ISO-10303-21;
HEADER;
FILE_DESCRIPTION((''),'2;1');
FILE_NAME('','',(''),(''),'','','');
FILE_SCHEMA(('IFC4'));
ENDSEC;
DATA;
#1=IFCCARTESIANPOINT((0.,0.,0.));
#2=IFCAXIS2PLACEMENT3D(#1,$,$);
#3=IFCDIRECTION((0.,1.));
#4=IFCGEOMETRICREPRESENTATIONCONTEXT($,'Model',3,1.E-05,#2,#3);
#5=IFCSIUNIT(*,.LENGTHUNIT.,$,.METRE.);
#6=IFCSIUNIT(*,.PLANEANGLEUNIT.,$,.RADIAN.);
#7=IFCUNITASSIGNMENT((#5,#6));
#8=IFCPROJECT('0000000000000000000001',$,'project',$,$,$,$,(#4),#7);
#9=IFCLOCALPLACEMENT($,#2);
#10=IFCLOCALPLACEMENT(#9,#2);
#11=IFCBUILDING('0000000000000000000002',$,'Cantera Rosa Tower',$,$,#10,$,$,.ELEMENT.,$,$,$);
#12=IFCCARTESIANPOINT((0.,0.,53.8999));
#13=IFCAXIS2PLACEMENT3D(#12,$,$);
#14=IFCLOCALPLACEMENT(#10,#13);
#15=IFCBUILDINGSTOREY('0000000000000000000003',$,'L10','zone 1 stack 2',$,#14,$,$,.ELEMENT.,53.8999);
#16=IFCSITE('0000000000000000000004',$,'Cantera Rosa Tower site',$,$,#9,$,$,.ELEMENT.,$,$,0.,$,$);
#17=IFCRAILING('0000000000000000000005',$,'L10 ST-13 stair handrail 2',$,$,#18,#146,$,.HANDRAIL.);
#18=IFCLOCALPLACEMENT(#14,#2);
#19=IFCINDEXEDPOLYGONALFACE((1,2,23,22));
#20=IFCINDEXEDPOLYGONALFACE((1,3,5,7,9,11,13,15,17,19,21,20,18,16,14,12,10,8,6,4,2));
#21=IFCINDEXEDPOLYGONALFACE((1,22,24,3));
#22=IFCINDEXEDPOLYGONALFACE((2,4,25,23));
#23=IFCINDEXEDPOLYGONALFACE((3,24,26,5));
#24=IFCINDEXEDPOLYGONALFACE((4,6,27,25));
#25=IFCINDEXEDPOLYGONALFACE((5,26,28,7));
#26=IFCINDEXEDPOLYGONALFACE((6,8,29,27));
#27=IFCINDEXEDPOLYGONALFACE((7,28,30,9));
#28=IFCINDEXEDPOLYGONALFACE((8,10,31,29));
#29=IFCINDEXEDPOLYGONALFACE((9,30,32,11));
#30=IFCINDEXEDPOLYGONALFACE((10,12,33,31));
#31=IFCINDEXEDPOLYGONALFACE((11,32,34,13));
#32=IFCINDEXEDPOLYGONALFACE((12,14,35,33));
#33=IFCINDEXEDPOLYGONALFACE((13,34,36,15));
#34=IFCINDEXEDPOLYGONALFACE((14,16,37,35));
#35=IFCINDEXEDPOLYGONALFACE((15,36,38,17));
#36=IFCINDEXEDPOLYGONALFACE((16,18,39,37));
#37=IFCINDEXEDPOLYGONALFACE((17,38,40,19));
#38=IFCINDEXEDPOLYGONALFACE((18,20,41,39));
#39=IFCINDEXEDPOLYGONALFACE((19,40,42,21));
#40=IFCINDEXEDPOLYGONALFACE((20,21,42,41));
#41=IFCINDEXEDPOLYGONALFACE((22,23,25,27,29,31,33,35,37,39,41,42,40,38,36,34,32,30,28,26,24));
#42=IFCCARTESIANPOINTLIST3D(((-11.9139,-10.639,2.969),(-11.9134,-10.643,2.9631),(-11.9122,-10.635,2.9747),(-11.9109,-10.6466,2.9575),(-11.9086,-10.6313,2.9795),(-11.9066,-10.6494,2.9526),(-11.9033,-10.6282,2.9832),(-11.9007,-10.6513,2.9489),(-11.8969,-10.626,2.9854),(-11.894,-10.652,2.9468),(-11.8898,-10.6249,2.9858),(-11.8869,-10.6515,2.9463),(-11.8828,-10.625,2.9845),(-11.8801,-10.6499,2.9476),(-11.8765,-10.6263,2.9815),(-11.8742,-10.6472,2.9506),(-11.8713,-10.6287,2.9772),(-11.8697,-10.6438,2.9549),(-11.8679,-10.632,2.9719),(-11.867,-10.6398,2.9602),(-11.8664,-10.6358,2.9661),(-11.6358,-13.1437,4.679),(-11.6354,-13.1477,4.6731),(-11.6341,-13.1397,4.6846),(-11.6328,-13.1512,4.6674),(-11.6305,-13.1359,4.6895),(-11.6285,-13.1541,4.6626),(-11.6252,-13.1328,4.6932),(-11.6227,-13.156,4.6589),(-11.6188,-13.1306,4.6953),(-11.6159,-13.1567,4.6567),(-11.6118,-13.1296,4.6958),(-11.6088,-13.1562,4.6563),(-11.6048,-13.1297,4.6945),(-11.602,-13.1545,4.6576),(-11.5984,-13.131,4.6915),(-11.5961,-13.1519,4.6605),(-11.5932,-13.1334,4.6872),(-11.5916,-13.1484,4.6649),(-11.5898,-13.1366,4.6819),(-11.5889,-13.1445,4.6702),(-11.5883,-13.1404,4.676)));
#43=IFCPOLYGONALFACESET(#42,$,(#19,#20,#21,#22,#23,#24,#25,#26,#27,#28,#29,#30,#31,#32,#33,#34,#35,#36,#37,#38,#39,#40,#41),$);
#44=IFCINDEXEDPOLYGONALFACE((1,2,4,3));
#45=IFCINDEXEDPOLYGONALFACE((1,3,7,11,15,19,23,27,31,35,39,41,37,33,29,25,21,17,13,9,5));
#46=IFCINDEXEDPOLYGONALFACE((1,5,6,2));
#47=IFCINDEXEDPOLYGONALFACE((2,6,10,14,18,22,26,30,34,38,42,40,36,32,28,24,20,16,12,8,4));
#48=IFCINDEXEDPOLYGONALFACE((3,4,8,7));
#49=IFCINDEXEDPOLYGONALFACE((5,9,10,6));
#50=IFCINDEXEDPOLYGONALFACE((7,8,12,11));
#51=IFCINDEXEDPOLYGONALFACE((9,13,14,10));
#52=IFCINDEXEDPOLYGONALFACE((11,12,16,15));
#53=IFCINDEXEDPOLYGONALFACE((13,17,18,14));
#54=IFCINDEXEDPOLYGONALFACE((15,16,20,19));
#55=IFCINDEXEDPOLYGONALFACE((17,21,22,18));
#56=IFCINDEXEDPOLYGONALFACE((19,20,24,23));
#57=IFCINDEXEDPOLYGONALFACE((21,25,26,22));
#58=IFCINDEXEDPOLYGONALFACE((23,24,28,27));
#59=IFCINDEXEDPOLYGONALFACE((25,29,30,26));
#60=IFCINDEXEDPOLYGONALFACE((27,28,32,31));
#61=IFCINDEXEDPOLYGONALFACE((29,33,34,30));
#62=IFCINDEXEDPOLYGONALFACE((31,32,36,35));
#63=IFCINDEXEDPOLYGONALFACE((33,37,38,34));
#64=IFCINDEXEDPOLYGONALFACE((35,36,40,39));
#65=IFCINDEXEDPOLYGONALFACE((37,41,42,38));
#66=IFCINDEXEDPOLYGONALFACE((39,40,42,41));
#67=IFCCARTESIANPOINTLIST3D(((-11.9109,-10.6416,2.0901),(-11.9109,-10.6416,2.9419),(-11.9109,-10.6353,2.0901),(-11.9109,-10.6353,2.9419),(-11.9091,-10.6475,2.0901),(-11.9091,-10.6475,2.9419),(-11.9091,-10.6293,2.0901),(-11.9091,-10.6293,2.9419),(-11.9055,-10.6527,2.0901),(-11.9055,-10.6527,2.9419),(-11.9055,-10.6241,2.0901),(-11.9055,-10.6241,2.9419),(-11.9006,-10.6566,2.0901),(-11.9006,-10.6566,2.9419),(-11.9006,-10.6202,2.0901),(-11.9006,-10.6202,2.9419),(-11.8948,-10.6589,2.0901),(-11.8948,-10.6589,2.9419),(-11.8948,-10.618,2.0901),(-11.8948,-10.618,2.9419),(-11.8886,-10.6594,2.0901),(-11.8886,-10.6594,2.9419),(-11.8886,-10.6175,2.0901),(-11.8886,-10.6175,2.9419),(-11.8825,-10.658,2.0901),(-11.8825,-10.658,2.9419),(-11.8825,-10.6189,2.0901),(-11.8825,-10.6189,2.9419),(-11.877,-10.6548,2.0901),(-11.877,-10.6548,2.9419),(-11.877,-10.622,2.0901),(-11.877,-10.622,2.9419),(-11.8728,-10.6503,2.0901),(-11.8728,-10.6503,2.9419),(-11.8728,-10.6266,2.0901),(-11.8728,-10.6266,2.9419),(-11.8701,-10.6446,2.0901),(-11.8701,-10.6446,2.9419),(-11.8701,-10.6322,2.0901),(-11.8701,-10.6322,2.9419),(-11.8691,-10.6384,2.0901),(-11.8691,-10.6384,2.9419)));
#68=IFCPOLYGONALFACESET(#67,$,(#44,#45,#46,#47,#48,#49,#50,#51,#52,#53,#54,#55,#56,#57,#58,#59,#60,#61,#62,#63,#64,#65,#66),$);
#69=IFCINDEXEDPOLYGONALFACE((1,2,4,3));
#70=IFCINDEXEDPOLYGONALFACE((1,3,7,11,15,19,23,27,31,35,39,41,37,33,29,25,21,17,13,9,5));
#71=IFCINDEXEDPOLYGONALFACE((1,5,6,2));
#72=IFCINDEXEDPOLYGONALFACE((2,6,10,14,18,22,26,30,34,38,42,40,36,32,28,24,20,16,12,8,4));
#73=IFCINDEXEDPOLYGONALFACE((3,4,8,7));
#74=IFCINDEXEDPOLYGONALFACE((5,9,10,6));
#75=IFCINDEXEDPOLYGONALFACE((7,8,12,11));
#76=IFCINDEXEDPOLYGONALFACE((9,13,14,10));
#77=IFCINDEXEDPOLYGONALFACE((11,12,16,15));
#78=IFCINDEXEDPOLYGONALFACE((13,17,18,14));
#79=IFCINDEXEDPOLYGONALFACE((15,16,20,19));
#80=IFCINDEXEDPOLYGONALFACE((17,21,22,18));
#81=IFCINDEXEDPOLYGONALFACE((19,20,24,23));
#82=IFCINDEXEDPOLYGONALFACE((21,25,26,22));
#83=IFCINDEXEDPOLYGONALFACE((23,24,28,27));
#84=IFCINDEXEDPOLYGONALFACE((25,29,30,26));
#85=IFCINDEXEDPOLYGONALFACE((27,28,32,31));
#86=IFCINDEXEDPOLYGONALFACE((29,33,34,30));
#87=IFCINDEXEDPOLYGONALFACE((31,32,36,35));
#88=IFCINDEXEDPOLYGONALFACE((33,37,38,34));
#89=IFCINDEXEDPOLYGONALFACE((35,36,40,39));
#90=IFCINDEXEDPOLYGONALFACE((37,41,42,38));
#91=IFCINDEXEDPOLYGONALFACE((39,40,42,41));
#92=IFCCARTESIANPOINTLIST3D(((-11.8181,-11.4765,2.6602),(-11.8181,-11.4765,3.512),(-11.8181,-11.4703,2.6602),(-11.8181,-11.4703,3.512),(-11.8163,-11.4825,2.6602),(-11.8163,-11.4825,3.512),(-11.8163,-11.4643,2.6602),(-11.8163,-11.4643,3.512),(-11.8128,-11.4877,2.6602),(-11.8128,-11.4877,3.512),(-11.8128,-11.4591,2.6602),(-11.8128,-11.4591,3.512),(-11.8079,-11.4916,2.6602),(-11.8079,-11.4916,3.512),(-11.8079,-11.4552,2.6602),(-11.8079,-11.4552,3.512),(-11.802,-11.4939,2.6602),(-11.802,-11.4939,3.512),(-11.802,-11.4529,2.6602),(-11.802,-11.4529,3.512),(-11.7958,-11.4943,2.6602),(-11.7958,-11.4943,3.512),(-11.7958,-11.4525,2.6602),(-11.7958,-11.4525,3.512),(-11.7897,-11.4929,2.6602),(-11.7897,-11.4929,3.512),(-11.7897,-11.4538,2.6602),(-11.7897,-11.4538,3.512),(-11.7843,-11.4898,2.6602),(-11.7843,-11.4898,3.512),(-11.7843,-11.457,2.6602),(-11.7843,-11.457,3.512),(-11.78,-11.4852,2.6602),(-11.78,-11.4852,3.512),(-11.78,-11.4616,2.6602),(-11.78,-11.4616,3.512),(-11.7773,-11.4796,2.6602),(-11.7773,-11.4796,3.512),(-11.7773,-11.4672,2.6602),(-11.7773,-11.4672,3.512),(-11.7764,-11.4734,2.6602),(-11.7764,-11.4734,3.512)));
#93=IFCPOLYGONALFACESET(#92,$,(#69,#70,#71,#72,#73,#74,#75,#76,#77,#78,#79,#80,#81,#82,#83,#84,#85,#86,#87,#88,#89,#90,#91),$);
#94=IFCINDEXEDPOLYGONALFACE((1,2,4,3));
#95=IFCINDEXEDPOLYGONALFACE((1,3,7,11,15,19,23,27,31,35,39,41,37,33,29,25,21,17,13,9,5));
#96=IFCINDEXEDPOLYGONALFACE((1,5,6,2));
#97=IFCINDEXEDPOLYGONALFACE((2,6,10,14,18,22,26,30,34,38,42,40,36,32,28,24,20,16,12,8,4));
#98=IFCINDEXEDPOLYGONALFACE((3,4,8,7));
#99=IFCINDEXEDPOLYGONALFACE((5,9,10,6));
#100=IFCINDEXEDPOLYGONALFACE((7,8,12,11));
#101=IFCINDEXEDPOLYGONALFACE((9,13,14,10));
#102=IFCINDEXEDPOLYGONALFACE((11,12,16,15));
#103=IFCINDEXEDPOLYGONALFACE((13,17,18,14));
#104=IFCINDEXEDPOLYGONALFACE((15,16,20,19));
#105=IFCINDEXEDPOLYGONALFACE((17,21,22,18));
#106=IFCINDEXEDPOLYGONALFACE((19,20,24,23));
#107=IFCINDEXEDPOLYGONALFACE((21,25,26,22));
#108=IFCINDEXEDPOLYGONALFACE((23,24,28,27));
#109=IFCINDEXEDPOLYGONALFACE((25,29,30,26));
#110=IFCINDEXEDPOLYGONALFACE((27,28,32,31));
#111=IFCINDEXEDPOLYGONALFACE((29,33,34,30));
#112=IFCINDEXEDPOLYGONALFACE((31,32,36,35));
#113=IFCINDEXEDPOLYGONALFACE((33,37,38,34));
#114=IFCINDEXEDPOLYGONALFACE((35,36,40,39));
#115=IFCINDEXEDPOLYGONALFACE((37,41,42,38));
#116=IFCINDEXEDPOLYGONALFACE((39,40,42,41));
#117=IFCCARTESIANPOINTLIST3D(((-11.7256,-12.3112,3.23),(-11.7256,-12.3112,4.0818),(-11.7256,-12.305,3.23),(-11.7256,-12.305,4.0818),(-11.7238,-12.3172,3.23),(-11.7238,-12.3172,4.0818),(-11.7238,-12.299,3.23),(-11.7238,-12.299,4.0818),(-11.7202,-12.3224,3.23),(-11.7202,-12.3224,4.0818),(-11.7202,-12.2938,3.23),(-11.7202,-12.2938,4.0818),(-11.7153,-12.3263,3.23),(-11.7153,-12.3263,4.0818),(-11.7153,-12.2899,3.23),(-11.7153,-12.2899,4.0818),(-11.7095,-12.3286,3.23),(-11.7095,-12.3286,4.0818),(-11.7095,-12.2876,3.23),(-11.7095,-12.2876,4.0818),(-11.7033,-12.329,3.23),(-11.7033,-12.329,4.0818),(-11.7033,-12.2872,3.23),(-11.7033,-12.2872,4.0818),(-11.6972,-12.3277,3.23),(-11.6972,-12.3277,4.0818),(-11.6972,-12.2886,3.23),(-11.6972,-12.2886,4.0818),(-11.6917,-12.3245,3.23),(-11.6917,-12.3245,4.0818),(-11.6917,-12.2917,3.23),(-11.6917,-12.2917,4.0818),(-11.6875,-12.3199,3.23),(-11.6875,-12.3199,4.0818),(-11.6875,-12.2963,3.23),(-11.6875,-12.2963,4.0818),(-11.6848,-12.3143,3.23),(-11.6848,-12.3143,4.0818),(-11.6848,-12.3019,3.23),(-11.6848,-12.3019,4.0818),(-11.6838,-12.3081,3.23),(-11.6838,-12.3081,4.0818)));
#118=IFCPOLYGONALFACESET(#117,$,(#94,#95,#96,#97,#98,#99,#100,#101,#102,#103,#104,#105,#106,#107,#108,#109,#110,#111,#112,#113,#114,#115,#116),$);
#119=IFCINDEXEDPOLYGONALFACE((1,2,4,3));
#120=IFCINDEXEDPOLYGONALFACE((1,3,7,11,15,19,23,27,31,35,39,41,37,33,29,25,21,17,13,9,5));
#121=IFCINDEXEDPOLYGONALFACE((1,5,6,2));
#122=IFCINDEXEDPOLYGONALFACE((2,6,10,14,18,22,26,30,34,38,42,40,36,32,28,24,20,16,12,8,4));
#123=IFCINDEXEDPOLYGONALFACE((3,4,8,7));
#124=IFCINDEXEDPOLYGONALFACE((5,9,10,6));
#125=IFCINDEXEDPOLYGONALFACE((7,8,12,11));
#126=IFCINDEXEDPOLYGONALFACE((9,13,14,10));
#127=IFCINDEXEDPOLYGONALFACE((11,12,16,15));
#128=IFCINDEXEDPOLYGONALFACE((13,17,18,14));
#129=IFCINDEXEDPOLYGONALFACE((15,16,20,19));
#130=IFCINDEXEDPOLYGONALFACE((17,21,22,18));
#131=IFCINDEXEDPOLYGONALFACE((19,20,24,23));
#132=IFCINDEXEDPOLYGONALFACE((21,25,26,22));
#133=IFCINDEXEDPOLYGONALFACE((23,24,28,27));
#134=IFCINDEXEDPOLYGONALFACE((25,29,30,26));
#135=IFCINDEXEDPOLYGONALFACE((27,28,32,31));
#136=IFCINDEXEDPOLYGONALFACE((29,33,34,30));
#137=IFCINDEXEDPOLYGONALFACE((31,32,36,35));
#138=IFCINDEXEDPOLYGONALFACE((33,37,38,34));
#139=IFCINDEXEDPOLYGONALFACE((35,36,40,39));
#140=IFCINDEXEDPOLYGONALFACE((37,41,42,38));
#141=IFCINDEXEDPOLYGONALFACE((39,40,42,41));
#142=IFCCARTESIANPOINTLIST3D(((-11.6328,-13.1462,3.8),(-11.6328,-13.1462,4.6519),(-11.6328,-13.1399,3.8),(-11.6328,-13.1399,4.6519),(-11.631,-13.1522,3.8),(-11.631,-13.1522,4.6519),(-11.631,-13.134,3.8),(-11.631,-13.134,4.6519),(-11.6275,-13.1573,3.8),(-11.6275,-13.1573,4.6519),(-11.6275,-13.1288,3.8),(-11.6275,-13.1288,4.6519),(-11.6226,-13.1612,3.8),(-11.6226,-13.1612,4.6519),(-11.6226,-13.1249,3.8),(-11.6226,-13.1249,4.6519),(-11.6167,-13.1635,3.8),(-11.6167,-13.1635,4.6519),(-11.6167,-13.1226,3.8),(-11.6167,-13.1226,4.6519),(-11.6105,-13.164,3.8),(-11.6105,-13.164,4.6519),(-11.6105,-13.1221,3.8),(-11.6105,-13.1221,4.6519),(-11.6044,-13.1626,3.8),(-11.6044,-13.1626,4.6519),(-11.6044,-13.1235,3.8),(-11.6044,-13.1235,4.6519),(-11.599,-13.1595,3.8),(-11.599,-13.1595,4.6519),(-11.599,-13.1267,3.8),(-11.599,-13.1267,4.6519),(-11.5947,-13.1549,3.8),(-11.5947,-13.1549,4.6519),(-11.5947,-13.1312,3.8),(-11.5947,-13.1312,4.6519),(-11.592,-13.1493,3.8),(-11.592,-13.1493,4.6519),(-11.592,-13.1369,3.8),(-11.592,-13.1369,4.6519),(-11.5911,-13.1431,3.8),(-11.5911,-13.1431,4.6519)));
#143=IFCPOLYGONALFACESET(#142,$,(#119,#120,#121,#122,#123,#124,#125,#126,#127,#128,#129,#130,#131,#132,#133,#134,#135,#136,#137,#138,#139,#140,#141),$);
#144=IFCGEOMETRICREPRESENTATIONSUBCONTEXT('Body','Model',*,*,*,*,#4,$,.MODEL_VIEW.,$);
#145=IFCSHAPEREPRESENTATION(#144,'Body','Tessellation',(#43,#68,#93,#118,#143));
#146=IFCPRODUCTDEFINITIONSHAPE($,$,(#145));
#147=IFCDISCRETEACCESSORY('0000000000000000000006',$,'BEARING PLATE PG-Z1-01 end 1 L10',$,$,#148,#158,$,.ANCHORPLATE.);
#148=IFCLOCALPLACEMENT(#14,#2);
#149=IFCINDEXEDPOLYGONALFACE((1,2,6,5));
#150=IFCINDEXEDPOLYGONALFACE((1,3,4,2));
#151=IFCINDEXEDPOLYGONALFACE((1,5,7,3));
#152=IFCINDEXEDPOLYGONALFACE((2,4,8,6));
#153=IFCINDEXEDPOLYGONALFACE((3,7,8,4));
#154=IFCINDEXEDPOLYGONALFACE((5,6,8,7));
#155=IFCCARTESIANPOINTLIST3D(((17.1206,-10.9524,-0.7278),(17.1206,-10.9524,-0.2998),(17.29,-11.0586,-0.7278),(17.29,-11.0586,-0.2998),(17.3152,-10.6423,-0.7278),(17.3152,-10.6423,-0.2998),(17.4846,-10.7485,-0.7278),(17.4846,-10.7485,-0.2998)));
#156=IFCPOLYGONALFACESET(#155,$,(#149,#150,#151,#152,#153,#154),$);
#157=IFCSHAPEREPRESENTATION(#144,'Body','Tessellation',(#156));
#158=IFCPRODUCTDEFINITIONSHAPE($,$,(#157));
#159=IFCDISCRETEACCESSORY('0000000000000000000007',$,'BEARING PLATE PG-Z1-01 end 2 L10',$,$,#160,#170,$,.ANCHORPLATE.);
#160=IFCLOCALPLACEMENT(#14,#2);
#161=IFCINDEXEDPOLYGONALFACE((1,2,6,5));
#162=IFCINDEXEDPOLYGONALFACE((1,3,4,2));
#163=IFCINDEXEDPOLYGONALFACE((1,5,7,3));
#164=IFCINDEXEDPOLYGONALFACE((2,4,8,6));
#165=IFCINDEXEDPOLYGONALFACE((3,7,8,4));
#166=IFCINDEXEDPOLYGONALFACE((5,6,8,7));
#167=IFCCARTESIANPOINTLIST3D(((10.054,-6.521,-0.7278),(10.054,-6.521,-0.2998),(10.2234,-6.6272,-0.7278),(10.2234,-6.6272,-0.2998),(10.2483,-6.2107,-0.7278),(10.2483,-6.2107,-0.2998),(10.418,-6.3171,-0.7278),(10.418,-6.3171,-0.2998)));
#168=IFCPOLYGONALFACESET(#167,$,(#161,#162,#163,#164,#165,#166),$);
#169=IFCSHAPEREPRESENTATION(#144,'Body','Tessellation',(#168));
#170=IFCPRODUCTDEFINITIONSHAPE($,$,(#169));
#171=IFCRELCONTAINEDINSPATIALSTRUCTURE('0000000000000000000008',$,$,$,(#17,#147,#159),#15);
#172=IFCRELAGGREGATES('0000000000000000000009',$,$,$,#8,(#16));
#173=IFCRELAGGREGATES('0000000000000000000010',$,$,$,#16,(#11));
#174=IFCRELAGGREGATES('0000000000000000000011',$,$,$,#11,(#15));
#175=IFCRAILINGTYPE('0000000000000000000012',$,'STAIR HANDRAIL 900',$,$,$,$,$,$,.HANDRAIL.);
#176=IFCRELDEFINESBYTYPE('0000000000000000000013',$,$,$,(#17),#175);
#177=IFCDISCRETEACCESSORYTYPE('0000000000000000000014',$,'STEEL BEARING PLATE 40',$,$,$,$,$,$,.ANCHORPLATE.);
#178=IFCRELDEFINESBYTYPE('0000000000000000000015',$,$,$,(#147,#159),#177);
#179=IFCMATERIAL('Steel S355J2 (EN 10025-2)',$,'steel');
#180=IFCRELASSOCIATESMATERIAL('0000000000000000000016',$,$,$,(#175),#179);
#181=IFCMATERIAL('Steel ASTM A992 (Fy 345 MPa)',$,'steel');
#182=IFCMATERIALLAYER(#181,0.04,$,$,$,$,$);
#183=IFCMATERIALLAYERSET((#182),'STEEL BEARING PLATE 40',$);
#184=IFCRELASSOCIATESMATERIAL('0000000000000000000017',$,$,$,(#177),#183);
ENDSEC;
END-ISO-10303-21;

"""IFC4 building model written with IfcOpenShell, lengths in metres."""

from ifc_helpers import new_model, si_unit, direction, frame, origin, origin_2d, place, context, subcontext, project, spatial, polyline, circle, outline, extrude, material, layer, layer_set, type_object, element, save


model = new_model("IFC4")

# Units and contexts
model_context = context("Model", 3, precision=1e-05, world=origin(), true_north=direction((0.0, 1.0)))
body_context = subcontext(model_context, "Body", "Model", "MODEL_VIEW")
ifc_project = project(units=[si_unit("LENGTHUNIT", "METRE"), si_unit("PLANEANGLEUNIT", "RADIAN")], contexts=[model_context])

# Site, building, storey
site_placement = place(None, origin())
site = spatial("IfcSite", under=ifc_project, at=site_placement, Name="Cantera Rosa Tower site", CompositionType="ELEMENT", RefElevation=0.0)
building_placement = place(site_placement, origin())
building = spatial("IfcBuilding", under=site, at=building_placement, Name="Cantera Rosa Tower", CompositionType="ELEMENT")
storey_placement = place(building_placement, frame((0.0, 0.0, 53.8999)))
storey = spatial("IfcBuildingStorey", under=building, at=storey_placement, Name="L10", Description="zone 1 stack 2", CompositionType="ELEMENT", Elevation=53.8999)

# Railing
ifc_material_1 = material(Name="Steel S355J2 (EN 10025-2)", Category="steel")
railing_type_1 = type_object("IfcRailingType", Name="STAIR HANDRAIL 900", PredefinedType="HANDRAIL", material=ifc_material_1)
railing_1_placement = place(storey_placement, frame((-11.8901, -10.6384, 2.0901)))
element("IfcRailing", 1, at=railing_1_placement, inside=storey, type_object=railing_type_1, Name="L10 ST-13 stair handrail 2", PredefinedType="HANDRAIL", context=body_context, shape_type="SweptSolid", body=[
    extrude(circle(Radius=0.0239, at=origin_2d()), frame((0.0, 0.0, 0.876), z_axis=(0.09131, -0.822431, 0.561488), x_axis=(0.993893, 0.110346, 0.0)), (0.0, 0.0, 1.0), 3.0454),
    extrude(circle(Radius=0.021, at=origin_2d()), origin(), (0.0, 0.0, 1.0), 0.8518),
    extrude(circle(Radius=0.021, at=origin_2d()), frame((0.0928, -0.835, 0.5701)), (0.0, 0.0, 1.0), 0.8518),
    extrude(circle(Radius=0.021, at=origin_2d()), frame((0.1853, -1.6697, 1.1399)), (0.0, 0.0, 1.0), 0.8518),
    extrude(circle(Radius=0.021, at=origin_2d()), frame((0.2781, -2.5046, 1.71)), (0.0, 0.0, 1.0), 0.8518),
])

# Discrete accessories
ifc_material_2 = material(Name="Steel ASTM A992 (Fy 345 MPa)", Category="steel")
ifc_layer_1 = layer(ifc_material_2, 0.04)
ifc_layer_set_1 = layer_set([ifc_layer_1], Name="STEEL BEARING PLATE 40")
discrete_accessory_type = type_object("IfcDiscreteAccessoryType", Name="STEEL BEARING PLATE 40", PredefinedType="ANCHORPLATE", material=ifc_layer_set_1)
discrete_accessory_1_placement = place(storey_placement, frame((0.0, 0.0, -0.7278)))
element("IfcDiscreteAccessory", 2, at=discrete_accessory_1_placement, inside=storey, type_object=discrete_accessory_type, Name="BEARING PLATE PG-Z1-01 end 1 L10", PredefinedType="ANCHORPLATE", context=body_context, shape_type="SweptSolid", body=[
    extrude(outline(polyline([(17.1206, -10.9524), (17.29, -11.0586), (17.4846, -10.7485), (17.3152, -10.6423), (17.1206, -10.9524)])), origin(), (0.0, 0.0, 1.0), 0.428),
])
discrete_accessory_2_placement = place(storey_placement, frame((0.0, 0.0, -0.7278)))
element("IfcDiscreteAccessory", 3, at=discrete_accessory_2_placement, inside=storey, type_object=discrete_accessory_type, Name="BEARING PLATE PG-Z1-01 end 2 L10", PredefinedType="ANCHORPLATE", context=body_context, shape_type="SweptSolid", body=[
    extrude(outline(polyline([(10.418, -6.3171), (10.2483, -6.2107), (10.054, -6.521), (10.2234, -6.6272), (10.418, -6.3171)])), origin(), (0.0, 0.0, 1.0), 0.428),
])

save(model, "model.ifc")
